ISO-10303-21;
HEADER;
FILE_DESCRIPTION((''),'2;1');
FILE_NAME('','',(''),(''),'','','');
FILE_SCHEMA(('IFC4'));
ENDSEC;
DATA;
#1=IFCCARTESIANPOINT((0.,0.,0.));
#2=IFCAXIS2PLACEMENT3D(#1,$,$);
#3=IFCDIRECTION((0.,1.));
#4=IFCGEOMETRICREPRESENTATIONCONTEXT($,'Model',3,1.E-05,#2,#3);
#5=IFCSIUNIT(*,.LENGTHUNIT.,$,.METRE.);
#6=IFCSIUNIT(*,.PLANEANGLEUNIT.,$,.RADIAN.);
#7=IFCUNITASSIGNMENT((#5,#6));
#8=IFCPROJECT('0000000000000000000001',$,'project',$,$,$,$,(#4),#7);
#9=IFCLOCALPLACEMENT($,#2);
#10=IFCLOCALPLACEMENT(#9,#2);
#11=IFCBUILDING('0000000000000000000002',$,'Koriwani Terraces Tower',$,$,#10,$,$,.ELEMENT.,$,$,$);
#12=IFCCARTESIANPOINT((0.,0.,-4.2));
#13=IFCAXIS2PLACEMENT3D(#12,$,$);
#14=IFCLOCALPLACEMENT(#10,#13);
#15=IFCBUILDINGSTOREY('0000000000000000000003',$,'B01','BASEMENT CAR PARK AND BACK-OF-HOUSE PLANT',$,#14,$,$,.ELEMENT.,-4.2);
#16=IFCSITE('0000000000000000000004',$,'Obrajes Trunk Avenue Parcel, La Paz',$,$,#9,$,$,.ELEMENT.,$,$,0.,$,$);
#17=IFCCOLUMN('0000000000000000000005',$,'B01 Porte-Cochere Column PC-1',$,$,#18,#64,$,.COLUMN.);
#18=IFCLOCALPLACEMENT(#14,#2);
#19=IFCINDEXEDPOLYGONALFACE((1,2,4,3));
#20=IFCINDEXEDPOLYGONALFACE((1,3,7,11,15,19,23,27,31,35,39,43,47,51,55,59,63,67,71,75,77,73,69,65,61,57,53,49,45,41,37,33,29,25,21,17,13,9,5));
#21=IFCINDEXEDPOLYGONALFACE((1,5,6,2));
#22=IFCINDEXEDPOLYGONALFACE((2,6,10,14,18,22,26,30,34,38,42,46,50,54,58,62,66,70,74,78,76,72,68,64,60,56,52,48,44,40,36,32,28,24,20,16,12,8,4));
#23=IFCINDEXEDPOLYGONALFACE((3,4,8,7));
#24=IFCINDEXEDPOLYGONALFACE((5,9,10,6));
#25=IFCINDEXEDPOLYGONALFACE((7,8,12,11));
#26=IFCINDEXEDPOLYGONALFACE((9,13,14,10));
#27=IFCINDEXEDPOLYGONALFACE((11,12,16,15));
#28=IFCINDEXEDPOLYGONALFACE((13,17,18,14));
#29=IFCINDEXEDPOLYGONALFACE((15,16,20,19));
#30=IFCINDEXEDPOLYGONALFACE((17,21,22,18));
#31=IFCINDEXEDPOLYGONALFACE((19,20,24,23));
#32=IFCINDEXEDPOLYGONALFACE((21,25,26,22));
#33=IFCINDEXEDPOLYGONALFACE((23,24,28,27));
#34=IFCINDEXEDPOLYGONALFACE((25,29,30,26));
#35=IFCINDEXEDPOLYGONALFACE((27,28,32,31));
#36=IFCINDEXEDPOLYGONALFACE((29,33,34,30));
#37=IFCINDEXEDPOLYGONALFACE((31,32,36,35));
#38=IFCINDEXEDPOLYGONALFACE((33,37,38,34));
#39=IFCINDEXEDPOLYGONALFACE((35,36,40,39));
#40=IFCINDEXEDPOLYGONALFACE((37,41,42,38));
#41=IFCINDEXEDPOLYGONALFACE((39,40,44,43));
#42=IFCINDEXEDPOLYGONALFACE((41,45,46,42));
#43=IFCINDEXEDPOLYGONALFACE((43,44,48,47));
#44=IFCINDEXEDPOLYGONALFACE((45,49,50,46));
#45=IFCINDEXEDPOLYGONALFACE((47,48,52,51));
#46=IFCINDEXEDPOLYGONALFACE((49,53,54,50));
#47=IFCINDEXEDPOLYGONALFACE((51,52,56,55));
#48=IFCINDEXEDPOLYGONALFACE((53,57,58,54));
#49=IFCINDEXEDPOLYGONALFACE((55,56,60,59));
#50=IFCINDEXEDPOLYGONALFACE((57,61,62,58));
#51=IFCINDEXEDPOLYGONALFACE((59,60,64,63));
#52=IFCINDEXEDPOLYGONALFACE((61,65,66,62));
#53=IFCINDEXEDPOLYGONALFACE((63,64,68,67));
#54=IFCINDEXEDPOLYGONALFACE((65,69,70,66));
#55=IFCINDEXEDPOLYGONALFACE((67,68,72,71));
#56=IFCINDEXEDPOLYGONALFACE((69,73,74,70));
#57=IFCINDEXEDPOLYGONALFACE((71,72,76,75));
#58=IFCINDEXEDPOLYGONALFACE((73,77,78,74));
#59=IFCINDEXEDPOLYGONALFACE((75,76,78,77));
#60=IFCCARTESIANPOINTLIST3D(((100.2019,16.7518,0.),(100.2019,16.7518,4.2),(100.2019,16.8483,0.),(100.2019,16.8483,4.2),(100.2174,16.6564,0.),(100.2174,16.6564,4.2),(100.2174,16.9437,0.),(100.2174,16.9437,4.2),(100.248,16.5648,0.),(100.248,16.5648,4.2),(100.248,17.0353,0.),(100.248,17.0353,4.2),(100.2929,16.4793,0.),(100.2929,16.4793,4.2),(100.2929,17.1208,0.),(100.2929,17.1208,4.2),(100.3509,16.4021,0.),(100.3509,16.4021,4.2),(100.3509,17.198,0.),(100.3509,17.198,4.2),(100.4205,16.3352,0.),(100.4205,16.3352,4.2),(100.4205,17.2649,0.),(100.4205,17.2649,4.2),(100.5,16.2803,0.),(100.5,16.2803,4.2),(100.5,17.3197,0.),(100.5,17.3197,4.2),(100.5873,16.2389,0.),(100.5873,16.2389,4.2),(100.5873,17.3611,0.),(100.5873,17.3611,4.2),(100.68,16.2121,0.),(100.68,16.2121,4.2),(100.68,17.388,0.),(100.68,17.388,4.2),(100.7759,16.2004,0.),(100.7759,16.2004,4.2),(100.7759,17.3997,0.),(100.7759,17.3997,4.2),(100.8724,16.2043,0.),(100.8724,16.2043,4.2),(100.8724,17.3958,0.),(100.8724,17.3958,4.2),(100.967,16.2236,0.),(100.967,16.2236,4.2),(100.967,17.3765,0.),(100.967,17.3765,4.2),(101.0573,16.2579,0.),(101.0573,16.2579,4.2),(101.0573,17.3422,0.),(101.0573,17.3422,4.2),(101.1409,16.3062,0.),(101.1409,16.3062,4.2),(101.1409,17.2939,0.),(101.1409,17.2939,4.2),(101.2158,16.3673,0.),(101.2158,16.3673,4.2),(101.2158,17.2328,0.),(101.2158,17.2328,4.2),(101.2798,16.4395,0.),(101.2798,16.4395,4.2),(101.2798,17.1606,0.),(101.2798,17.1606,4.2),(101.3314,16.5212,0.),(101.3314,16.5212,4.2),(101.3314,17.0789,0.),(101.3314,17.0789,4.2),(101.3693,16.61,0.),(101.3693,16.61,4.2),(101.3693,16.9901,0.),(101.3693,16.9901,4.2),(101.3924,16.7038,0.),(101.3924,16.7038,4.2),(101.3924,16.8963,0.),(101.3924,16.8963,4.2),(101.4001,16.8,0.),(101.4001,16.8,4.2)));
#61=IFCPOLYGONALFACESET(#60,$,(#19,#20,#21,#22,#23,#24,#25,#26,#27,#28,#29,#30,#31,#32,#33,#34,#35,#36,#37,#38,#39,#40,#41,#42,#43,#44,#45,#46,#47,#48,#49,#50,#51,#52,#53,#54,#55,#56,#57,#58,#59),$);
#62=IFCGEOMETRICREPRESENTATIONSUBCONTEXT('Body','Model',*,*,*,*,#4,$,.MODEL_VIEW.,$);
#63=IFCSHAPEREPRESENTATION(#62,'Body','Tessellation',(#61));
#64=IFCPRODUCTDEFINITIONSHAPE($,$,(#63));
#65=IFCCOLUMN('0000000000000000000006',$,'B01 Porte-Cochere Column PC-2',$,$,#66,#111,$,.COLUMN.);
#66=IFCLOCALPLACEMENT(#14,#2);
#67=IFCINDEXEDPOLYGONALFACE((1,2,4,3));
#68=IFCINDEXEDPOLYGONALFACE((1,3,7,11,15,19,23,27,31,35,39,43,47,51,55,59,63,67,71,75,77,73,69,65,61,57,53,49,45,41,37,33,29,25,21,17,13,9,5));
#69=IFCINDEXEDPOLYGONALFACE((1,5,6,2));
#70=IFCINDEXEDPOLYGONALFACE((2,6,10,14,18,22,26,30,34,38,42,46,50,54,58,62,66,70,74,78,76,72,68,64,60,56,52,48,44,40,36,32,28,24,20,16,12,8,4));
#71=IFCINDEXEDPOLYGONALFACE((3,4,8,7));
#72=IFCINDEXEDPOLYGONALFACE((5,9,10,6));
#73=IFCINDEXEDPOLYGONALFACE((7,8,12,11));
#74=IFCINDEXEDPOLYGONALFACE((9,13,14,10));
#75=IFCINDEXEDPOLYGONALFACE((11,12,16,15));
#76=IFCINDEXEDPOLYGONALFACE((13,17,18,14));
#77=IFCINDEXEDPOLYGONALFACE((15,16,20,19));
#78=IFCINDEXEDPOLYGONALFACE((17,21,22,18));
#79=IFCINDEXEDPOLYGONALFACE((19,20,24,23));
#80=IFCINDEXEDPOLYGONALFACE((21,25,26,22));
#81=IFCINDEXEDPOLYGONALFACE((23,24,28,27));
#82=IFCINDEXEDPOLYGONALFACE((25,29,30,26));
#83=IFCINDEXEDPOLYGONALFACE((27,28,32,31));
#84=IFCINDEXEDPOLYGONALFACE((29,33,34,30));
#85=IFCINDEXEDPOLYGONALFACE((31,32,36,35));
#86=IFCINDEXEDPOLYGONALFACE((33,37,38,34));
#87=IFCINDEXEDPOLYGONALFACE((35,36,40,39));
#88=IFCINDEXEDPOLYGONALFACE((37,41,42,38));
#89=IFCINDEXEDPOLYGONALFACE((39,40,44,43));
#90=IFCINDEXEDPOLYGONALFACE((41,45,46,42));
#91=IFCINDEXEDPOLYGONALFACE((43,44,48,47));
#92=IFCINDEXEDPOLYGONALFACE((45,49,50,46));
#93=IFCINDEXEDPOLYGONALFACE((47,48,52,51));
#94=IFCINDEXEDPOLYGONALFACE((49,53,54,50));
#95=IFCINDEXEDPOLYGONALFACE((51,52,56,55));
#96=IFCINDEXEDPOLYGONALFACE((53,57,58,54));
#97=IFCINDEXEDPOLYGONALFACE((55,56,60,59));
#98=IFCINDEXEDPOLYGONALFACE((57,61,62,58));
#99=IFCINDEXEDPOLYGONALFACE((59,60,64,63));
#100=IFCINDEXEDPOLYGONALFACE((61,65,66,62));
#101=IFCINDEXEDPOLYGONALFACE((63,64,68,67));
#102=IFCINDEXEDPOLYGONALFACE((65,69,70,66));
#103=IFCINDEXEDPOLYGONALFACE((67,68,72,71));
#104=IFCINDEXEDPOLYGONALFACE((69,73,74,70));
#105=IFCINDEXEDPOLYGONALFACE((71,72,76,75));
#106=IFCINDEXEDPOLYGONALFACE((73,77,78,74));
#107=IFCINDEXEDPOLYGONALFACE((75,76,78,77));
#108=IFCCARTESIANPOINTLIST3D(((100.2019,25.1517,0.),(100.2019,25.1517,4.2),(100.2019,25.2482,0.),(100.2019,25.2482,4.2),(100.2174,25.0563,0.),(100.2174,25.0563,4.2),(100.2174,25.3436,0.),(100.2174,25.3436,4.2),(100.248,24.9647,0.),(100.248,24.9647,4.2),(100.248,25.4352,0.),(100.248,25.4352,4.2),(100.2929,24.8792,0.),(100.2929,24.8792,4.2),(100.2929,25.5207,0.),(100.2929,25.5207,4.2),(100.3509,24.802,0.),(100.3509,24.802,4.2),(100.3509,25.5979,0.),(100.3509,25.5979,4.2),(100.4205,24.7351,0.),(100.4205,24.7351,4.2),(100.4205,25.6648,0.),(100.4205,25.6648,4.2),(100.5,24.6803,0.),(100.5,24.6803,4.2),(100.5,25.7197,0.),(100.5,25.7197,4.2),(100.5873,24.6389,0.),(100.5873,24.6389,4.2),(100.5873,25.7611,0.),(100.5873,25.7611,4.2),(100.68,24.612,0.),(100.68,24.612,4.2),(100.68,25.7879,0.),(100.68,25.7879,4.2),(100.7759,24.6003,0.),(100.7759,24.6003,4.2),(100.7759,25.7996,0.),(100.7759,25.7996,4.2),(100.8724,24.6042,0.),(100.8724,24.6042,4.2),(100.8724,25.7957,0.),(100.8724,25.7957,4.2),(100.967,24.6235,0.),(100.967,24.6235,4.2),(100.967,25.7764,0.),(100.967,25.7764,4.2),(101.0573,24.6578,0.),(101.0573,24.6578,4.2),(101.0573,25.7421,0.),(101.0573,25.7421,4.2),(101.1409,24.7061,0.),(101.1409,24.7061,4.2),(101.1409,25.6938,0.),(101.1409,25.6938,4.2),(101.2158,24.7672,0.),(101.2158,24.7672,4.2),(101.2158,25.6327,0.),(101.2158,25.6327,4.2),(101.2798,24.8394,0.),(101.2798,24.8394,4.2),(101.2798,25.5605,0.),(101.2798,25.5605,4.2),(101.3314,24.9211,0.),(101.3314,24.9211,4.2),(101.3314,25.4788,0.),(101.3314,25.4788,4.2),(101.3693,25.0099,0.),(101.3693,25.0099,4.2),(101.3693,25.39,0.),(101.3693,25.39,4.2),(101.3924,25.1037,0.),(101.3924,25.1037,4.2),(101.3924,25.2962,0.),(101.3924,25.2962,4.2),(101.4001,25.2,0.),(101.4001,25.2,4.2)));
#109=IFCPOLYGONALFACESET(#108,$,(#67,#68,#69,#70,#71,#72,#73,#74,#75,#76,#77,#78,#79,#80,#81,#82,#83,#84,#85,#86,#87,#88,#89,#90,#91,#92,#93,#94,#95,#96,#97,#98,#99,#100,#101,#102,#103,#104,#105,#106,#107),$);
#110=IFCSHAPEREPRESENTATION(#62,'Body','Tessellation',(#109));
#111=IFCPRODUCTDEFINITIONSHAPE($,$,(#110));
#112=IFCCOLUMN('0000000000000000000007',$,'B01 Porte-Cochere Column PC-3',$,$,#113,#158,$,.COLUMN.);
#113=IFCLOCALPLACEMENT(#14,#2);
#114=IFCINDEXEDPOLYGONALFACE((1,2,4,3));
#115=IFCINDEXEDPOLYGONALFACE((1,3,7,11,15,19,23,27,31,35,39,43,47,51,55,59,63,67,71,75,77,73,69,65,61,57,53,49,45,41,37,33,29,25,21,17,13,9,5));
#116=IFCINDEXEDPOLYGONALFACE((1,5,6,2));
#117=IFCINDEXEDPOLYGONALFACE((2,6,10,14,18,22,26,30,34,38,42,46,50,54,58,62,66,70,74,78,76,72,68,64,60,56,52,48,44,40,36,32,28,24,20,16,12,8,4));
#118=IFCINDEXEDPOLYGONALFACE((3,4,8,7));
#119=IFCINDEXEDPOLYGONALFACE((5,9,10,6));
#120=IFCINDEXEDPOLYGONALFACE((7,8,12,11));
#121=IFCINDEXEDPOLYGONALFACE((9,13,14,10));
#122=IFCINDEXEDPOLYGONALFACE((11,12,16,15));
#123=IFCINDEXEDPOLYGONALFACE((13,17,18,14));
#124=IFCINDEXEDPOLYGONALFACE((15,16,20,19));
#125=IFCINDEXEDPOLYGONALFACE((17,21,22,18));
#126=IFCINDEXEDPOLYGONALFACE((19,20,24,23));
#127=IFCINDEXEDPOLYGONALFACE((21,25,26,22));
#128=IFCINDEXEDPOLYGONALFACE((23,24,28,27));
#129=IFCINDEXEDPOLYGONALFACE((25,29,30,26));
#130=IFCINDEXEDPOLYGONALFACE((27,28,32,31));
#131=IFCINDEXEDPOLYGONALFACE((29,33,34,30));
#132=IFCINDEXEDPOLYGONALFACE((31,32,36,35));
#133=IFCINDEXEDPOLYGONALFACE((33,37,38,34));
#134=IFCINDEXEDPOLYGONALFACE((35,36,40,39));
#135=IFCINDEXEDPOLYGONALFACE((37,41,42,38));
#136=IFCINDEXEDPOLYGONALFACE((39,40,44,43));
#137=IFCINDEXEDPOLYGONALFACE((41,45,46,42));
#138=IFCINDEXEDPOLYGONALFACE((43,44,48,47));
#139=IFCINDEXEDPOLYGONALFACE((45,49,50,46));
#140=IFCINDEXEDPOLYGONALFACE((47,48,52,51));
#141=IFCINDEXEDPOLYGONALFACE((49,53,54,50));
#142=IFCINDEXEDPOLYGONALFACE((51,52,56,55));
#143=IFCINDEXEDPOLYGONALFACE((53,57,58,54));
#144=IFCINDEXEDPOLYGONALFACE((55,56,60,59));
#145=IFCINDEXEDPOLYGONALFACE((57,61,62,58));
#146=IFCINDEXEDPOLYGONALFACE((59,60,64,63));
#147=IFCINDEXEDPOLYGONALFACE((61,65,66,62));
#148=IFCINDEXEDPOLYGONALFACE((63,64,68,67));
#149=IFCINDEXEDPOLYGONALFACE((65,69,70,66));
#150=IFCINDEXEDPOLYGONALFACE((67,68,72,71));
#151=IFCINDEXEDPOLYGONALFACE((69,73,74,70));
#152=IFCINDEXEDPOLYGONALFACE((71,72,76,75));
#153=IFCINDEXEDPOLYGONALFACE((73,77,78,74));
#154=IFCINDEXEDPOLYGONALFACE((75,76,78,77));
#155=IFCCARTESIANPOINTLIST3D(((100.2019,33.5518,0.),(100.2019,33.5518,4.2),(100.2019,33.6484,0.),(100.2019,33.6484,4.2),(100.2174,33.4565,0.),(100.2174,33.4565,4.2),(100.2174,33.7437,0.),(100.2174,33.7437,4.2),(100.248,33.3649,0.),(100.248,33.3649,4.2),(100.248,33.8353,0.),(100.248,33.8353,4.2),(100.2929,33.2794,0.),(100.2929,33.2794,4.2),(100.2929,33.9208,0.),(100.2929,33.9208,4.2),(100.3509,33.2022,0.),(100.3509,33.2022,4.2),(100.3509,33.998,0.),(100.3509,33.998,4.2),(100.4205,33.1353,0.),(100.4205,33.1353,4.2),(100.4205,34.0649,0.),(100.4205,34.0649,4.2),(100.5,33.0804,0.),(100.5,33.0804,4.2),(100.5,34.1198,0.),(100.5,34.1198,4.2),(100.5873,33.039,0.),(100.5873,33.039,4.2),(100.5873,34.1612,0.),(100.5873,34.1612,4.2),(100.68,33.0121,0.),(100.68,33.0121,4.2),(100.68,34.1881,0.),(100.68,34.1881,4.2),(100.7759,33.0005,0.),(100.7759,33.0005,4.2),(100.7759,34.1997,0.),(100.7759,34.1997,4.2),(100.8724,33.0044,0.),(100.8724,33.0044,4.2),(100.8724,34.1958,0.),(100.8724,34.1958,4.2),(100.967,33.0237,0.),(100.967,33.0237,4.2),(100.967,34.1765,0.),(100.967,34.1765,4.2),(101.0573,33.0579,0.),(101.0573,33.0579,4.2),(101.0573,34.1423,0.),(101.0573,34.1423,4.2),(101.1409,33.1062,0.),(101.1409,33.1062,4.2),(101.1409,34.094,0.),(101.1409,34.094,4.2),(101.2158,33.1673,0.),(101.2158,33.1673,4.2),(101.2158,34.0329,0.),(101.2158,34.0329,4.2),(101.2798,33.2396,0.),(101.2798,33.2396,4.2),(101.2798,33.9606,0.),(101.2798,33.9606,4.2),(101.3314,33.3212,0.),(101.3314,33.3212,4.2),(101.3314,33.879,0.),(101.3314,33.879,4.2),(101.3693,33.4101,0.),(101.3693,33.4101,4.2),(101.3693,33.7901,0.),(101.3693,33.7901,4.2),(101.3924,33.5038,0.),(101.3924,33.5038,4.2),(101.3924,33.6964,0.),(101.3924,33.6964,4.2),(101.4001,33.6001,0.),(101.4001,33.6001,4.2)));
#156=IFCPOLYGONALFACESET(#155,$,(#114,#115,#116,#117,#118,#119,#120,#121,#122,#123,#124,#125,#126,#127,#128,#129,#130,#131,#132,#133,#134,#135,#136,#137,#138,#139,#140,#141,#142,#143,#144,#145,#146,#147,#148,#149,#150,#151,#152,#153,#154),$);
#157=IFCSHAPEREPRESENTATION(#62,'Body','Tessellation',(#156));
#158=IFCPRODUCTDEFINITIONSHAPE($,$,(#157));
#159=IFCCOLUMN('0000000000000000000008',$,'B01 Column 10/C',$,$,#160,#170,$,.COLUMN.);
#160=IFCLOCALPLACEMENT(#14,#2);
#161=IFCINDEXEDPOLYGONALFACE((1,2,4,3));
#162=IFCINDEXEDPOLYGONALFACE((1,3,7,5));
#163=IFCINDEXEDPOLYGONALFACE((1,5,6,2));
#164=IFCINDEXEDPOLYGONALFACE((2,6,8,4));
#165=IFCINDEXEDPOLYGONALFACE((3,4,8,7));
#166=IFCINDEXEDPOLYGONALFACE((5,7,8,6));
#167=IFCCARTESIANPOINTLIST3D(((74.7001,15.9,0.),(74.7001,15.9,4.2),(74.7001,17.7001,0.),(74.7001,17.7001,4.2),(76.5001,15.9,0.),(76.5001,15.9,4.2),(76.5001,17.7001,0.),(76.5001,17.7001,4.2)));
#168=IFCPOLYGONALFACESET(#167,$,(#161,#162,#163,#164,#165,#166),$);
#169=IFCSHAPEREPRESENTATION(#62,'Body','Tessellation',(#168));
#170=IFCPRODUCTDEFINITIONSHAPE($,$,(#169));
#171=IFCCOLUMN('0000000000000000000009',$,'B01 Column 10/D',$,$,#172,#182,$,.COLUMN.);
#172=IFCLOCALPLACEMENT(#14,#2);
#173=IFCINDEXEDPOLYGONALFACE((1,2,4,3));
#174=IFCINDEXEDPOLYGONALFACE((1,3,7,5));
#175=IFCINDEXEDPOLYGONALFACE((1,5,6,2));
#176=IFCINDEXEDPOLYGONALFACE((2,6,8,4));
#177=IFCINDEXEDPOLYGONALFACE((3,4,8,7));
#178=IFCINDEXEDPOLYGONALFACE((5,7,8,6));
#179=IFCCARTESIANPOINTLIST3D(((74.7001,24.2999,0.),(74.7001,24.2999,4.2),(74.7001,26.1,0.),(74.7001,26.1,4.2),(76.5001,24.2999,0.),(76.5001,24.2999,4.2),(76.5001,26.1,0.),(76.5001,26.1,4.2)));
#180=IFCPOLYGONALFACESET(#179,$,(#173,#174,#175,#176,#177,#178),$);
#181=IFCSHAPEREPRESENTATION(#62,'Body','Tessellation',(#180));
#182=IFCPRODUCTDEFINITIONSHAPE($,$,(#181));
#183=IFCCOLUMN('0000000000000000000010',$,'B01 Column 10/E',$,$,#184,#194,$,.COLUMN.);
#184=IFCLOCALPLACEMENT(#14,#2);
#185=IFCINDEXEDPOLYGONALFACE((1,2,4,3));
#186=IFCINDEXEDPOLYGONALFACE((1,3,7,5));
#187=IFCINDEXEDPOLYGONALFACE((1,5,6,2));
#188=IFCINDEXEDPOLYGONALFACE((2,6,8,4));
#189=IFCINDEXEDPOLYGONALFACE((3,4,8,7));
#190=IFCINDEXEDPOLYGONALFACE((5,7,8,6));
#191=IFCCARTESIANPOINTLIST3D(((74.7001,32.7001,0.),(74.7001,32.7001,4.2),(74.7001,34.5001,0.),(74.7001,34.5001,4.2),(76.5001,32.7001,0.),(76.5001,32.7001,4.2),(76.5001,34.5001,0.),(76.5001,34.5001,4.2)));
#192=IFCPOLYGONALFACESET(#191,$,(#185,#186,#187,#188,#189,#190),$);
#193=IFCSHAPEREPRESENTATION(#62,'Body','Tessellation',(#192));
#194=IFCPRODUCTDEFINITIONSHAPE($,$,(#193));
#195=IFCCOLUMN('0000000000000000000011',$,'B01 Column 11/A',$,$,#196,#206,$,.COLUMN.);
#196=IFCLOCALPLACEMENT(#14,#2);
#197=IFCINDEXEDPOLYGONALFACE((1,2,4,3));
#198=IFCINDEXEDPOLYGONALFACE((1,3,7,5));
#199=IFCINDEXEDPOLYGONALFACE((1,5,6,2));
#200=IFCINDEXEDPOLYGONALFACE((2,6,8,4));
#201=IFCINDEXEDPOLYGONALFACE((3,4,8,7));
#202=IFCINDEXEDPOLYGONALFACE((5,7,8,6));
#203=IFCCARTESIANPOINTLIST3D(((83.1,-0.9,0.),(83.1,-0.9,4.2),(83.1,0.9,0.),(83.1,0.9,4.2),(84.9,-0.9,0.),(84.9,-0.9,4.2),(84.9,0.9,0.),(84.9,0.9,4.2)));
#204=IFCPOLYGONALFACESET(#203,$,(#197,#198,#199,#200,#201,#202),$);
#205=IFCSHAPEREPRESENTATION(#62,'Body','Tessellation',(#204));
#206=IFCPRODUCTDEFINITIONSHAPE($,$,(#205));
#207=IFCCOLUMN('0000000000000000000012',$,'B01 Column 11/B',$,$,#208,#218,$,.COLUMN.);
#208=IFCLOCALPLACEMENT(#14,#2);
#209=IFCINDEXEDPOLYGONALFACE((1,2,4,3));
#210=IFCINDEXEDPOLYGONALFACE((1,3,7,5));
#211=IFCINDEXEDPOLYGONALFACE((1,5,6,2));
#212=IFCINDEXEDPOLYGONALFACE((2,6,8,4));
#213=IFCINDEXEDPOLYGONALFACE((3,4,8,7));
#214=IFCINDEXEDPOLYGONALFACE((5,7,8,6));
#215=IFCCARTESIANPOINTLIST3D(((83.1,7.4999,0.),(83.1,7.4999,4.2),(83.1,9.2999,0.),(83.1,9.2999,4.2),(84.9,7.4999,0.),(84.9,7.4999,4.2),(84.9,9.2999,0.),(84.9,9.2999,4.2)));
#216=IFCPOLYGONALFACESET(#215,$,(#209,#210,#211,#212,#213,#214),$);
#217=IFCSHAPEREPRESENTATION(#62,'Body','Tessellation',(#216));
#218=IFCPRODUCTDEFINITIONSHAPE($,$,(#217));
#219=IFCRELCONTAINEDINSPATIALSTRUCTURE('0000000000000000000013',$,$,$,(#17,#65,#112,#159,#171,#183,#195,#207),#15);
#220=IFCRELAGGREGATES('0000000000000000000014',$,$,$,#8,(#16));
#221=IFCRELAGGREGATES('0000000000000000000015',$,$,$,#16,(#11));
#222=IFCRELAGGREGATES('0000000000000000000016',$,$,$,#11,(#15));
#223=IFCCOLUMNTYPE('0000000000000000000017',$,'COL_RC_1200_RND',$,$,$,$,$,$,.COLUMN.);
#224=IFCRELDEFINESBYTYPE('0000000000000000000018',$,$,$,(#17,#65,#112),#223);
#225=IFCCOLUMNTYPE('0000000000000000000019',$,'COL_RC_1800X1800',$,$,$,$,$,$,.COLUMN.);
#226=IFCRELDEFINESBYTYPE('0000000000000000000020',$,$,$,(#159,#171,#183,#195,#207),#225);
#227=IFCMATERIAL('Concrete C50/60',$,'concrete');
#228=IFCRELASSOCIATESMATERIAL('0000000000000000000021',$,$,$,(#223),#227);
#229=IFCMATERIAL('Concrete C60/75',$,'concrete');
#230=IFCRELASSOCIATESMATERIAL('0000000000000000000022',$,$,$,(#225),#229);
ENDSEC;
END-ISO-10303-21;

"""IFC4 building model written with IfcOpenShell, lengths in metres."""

from ifc_helpers import new_model, si_unit, direction, frame, origin, origin_2d, place, context, subcontext, project, spatial, rectangle, circle, extrude, material, material_profile, profile_set, type_object, element, save


model = new_model("IFC4")

# Units and contexts
model_context = context("Model", 3, precision=1e-05, world=origin(), true_north=direction((0.0, 1.0)))
body_context = subcontext(model_context, "Body", "Model", "MODEL_VIEW")
ifc_project = project(units=[si_unit("LENGTHUNIT", "METRE"), si_unit("PLANEANGLEUNIT", "RADIAN")], contexts=[model_context])

# Site, building, storey
site_placement = place(None, origin())
site = spatial("IfcSite", under=ifc_project, at=site_placement, Name="Obrajes Trunk Avenue Parcel, La Paz", CompositionType="ELEMENT", RefElevation=0.0)
building_placement = place(site_placement, origin())
building = spatial("IfcBuilding", under=site, at=building_placement, Name="Koriwani Terraces Tower", CompositionType="ELEMENT")
storey_placement = place(building_placement, frame((0.0, 0.0, -4.2)))
storey = spatial("IfcBuildingStorey", under=building, at=storey_placement, Name="B01", Description="BASEMENT CAR PARK AND BACK-OF-HOUSE PLANT", CompositionType="ELEMENT", Elevation=-4.2)

# Columns
ifc_material_1 = material(Name="Concrete C50/60", Category="concrete")
ifc_material_profile_1 = material_profile(ifc_material_1, circle(Radius=0.6001, at=origin_2d()), Name="Concrete C50/60", Category="LoadBearing")
ifc_profile_set_1 = profile_set([ifc_material_profile_1], Name="Concrete C50/60")
column_type_1 = type_object("IfcColumnType", Name="COL_RC_1200_RND", PredefinedType="COLUMN", material=ifc_profile_set_1)
for number, where, z_axis, x_axis, name in (
    (1, (100.8, 16.8, 0.0), (0.0, 0.0, 1.0), (1.0, 0.0, 0.0), "B01 Porte-Cochere Column PC-1"),
    (2, (100.8, 25.2, 0.0), (0.0, 0.0, 1.0), (1.0, 0.0, 0.0), "B01 Porte-Cochere Column PC-2"),
    (3, (100.8, 33.6001, 0.0), (0.0, 0.0, 1.0), (1.0, 0.0, 0.0), "B01 Porte-Cochere Column PC-3"),
):
    element("IfcColumn", number, at=place(storey_placement, frame(where, z_axis=z_axis, x_axis=x_axis)), inside=storey, type_object=column_type_1, Name=name, PredefinedType="COLUMN", context=body_context, shape_type="SweptSolid", body=[
        extrude(circle(Radius=0.6001, at=origin_2d()), origin(), (0.0, 0.0, 1.0), 4.2),
    ])
ifc_material_2 = material(Name="Concrete C60/75", Category="concrete")
ifc_material_profile_2 = material_profile(ifc_material_2, rectangle(XDim=1.8, YDim=1.8, at=origin_2d()), Name="Concrete C60/75", Category="LoadBearing")
ifc_profile_set_2 = profile_set([ifc_material_profile_2], Name="Concrete C60/75")
column_type_2 = type_object("IfcColumnType", Name="COL_RC_1800X1800", PredefinedType="COLUMN", material=ifc_profile_set_2)
for number, where, z_axis, x_axis, name in (
    (4, (75.6001, 16.8, 0.0), (0.0, 0.0, 1.0), (1.0, 0.0, 0.0), "B01 Column 10/C"),
    (5, (75.6001, 25.2, 0.0), (0.0, 0.0, 1.0), (1.0, 0.0, 0.0), "B01 Column 10/D"),
    (6, (75.6001, 33.6001, 0.0), (0.0, 0.0, 1.0), (1.0, 0.0, 0.0), "B01 Column 10/E"),
    (7, (84.0, 0.0, 0.0), (0.0, 0.0, 1.0), (1.0, 0.0, 0.0), "B01 Column 11/A"),
    (8, (84.0, 8.3999, 0.0), (0.0, 0.0, 1.0), (1.0, 0.0, 0.0), "B01 Column 11/B"),
):
    element("IfcColumn", number, at=place(storey_placement, frame(where, z_axis=z_axis, x_axis=x_axis)), inside=storey, type_object=column_type_2, Name=name, PredefinedType="COLUMN", context=body_context, shape_type="SweptSolid", body=[
        extrude(rectangle(XDim=1.8, YDim=1.8, at=origin_2d()), origin(), (0.0, 0.0, 1.0), 4.2),
    ])

save(model, "model.ifc")
